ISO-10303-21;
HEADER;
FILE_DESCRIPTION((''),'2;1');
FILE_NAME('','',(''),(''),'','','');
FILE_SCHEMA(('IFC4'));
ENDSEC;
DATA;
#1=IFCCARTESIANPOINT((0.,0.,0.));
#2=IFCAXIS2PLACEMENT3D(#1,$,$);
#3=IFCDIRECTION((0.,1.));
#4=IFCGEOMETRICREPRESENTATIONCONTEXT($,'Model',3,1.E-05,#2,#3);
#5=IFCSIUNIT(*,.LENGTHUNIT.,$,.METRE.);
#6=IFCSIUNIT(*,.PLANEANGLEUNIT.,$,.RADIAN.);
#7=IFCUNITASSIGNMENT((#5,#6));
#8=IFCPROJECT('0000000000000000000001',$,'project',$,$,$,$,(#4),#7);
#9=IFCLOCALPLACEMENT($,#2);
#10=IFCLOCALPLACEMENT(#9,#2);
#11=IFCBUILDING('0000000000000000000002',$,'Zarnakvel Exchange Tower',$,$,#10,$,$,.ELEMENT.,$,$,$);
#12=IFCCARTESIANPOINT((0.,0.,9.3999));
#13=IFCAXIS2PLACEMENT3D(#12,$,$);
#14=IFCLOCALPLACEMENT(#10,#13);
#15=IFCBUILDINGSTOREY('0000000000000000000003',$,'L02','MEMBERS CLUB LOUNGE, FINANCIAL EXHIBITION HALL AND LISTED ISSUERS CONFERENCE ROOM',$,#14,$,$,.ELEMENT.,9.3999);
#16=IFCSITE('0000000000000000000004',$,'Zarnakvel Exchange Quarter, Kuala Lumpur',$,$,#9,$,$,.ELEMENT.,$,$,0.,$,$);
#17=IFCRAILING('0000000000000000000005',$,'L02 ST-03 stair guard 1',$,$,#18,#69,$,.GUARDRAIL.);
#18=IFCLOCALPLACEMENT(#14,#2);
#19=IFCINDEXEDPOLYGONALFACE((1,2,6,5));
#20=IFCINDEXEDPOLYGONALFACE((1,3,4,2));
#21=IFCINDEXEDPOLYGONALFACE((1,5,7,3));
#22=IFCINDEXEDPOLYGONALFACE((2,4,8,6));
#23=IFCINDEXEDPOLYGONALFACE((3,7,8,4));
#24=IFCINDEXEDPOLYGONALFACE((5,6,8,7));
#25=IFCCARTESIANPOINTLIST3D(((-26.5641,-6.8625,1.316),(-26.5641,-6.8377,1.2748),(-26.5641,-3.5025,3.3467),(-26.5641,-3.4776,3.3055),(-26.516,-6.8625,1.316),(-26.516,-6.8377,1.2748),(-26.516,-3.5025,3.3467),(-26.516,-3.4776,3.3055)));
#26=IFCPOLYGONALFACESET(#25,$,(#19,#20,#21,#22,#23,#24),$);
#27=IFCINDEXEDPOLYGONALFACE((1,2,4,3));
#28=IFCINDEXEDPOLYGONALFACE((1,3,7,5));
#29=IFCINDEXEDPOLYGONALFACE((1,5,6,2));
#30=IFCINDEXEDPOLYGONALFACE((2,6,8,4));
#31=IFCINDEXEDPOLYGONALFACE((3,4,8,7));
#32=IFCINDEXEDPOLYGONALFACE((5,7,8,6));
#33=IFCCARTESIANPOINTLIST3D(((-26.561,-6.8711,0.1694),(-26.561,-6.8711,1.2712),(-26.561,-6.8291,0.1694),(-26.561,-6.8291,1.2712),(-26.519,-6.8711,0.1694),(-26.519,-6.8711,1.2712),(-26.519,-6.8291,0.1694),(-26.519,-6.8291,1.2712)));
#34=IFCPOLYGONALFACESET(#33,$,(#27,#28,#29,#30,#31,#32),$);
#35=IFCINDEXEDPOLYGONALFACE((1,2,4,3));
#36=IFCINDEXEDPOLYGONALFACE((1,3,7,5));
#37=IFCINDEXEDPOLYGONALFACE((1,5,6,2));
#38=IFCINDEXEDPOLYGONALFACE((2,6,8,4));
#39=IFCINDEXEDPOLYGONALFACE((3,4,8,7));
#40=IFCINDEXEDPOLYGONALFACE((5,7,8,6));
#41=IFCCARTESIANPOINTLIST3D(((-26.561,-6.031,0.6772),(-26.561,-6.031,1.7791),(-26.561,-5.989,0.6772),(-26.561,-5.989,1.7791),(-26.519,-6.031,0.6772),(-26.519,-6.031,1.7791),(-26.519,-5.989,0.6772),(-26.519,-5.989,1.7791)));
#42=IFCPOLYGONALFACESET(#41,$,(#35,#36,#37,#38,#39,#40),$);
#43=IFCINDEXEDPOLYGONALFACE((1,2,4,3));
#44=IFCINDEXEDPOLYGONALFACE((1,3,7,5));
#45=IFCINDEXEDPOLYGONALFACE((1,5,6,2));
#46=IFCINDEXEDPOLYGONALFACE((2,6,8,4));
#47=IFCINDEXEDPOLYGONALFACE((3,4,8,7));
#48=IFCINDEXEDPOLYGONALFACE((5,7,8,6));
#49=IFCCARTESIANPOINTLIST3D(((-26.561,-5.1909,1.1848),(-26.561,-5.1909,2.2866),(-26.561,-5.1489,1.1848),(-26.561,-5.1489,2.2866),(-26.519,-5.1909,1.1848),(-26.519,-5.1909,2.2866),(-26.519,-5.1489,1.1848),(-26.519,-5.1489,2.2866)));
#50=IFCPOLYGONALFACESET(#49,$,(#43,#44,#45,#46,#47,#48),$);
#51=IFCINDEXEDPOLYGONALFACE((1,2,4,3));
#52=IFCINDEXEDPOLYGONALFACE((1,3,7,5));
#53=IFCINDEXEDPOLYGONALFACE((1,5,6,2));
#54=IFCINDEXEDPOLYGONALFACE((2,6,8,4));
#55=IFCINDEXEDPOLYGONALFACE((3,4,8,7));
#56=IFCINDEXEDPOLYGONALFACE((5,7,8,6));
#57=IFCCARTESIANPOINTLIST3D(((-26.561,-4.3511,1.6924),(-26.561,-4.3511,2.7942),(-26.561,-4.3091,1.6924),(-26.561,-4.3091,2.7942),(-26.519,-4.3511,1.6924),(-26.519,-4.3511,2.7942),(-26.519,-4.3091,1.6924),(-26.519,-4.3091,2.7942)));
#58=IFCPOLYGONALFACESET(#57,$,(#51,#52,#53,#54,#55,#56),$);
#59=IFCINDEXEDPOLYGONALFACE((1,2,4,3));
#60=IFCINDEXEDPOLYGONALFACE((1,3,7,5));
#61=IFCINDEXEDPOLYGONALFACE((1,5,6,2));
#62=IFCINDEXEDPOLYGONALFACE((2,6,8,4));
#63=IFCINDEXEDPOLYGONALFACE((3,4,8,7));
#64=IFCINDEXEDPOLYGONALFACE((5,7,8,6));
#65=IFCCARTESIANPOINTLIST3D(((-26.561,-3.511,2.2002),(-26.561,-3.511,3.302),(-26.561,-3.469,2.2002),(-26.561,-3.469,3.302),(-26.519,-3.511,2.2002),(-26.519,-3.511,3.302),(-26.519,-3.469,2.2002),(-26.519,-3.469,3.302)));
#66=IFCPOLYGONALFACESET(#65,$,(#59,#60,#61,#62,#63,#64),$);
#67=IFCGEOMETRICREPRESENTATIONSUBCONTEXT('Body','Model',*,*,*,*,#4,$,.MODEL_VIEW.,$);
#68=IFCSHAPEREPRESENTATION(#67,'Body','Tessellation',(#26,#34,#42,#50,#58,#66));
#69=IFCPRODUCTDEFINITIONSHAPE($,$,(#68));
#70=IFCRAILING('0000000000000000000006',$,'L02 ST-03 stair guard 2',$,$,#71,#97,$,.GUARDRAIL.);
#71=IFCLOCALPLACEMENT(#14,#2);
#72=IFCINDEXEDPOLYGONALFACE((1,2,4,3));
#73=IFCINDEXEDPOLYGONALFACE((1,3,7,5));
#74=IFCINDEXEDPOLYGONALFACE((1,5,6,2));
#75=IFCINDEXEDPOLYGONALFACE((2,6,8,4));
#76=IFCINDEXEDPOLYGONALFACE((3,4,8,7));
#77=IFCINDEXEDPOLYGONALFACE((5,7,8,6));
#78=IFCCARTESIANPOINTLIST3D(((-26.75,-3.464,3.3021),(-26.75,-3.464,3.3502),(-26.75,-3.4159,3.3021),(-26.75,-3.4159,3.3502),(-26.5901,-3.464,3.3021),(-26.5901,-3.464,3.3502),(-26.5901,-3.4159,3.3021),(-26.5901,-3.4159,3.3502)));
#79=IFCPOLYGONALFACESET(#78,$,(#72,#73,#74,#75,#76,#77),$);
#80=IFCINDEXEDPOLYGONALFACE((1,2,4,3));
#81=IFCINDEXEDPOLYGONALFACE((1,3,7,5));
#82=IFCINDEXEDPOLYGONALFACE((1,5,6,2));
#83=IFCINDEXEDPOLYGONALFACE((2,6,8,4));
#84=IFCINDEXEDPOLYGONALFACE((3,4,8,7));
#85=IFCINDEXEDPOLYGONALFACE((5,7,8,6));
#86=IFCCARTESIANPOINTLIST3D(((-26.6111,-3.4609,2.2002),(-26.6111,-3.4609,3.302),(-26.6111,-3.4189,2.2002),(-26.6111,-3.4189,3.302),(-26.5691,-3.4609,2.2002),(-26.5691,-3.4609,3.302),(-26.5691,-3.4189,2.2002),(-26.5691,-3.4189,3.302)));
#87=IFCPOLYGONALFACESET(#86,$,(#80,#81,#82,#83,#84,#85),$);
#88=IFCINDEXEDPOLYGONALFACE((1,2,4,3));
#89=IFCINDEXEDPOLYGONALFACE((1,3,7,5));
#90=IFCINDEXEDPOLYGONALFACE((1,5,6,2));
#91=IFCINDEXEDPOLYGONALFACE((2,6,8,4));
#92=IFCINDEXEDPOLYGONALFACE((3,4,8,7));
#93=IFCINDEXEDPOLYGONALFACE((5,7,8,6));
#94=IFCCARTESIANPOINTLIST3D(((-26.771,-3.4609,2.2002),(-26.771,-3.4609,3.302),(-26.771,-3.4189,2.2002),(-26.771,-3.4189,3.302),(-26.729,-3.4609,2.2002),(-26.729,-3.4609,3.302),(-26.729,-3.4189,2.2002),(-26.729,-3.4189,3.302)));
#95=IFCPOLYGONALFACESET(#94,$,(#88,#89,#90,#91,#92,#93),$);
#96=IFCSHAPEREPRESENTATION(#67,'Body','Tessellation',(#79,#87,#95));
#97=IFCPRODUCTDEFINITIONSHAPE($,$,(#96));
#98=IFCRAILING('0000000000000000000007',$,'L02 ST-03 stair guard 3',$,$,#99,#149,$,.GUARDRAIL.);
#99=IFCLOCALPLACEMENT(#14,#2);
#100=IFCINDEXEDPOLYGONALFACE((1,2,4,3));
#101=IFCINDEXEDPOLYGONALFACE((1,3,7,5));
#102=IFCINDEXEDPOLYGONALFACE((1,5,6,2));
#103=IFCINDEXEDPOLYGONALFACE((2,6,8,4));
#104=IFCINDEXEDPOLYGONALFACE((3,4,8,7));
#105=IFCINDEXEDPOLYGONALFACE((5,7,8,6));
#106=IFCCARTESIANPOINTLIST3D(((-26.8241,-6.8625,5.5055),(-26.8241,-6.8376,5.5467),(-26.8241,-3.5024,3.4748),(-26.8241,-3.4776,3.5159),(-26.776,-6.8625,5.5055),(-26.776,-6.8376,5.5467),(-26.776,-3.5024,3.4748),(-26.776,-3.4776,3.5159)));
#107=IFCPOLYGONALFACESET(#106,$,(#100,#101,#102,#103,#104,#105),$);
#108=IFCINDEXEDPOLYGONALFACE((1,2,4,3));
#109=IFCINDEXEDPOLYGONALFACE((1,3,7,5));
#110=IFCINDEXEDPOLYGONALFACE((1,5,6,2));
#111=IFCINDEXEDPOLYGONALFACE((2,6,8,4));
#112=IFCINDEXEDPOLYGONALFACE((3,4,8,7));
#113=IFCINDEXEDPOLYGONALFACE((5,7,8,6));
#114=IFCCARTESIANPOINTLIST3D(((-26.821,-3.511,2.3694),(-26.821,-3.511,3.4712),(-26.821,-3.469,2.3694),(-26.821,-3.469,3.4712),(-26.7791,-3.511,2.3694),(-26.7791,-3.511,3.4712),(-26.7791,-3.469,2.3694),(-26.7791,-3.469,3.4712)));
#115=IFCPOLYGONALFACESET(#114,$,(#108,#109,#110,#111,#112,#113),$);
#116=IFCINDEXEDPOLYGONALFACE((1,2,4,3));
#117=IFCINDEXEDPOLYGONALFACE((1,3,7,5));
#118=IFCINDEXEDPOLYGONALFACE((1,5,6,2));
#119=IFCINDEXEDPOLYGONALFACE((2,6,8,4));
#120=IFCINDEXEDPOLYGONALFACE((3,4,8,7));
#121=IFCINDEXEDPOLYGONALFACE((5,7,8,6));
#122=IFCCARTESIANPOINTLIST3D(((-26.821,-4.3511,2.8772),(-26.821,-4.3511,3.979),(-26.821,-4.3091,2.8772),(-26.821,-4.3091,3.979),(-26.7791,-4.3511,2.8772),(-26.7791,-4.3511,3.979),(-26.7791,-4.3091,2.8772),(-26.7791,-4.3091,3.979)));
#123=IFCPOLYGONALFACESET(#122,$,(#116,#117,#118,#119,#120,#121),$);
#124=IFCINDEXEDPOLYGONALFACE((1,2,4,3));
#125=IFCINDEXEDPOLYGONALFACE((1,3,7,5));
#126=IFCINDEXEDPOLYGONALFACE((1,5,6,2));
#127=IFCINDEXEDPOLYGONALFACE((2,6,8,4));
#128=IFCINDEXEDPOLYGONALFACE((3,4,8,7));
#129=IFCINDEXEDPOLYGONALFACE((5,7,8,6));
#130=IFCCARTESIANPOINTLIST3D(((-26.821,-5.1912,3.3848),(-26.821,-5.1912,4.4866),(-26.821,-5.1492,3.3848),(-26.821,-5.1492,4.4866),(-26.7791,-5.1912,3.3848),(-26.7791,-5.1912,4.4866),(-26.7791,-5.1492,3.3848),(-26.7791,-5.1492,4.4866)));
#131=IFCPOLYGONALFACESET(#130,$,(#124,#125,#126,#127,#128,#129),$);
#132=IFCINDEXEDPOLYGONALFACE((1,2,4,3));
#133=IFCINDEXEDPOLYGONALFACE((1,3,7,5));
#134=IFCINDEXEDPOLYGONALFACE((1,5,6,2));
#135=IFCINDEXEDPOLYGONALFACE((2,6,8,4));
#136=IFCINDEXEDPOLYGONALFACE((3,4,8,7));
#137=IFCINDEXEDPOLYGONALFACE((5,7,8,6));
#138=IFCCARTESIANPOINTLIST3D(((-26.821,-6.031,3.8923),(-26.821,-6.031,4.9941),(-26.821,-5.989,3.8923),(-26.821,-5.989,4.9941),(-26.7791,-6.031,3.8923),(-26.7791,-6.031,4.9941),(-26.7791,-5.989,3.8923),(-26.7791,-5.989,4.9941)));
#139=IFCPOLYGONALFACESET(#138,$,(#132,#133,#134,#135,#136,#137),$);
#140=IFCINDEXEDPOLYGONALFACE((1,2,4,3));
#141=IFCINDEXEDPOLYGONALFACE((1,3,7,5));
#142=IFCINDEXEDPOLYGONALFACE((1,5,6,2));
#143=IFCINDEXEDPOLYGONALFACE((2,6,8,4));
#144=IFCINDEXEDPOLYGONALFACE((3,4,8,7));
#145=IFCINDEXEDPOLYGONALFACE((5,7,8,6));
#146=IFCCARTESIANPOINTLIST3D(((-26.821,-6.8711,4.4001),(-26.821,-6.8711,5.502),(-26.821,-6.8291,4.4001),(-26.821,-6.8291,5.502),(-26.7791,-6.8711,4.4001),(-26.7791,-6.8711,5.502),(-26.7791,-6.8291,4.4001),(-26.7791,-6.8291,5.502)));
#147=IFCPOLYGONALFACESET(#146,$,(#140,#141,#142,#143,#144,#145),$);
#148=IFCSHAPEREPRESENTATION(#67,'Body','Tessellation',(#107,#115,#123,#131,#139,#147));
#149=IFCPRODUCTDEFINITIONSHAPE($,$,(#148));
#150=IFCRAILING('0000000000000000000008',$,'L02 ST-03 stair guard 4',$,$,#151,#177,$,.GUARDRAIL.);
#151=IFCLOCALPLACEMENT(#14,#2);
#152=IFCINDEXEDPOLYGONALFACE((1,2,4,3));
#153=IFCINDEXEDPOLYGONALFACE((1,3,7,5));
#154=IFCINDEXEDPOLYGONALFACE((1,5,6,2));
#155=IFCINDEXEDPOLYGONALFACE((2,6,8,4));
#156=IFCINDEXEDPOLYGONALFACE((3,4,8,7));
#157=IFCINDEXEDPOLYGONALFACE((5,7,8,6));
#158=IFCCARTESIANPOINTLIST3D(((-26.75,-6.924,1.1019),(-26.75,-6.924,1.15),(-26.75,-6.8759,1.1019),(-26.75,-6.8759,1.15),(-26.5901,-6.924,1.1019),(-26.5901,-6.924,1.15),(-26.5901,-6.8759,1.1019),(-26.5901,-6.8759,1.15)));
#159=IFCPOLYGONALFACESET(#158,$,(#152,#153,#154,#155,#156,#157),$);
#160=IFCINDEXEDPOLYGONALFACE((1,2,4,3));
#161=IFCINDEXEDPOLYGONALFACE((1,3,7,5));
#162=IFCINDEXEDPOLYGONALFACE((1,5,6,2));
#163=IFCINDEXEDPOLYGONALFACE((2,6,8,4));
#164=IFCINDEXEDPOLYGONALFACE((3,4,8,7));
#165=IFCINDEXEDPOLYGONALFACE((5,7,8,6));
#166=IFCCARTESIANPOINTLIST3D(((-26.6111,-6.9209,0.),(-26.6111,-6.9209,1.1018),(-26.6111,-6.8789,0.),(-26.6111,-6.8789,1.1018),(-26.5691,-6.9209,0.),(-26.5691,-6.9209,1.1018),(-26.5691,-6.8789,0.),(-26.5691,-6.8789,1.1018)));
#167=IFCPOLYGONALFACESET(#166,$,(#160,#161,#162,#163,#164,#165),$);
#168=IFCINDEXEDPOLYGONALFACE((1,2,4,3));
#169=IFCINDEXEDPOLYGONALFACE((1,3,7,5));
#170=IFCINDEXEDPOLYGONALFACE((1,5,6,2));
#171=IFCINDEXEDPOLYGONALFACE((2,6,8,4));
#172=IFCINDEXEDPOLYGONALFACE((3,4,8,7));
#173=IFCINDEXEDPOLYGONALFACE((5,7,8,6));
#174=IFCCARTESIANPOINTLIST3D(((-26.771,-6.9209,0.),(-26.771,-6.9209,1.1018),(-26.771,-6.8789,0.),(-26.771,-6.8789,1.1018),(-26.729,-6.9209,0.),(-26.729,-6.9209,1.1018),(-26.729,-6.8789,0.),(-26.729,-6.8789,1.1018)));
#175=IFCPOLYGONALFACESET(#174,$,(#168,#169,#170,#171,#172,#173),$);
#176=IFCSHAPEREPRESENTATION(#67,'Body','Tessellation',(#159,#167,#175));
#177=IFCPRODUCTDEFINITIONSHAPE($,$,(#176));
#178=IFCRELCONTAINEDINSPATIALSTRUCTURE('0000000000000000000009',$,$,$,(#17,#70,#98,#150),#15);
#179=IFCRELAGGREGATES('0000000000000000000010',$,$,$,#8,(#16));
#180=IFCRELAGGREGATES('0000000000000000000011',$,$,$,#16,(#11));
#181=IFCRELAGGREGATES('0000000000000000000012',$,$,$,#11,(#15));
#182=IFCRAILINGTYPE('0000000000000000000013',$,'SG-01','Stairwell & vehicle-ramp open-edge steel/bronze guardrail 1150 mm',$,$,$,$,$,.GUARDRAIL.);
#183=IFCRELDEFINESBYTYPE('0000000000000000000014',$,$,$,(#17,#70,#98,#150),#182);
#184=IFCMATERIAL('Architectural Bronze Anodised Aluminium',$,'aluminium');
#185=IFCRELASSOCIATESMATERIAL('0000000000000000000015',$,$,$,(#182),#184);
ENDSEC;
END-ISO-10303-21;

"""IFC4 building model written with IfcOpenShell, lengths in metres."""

from ifc_helpers import new_model, si_unit, direction, frame, origin, origin_2d, place, context, subcontext, project, spatial, rectangle, extrude, material, type_object, element, save


model = new_model("IFC4")

# Units and contexts
model_context = context("Model", 3, precision=1e-05, world=origin(), true_north=direction((0.0, 1.0)))
body_context = subcontext(model_context, "Body", "Model", "MODEL_VIEW")
ifc_project = project(units=[si_unit("LENGTHUNIT", "METRE"), si_unit("PLANEANGLEUNIT", "RADIAN")], contexts=[model_context])

# Site, building, storey
site_placement = place(None, origin())
site = spatial("IfcSite", under=ifc_project, at=site_placement, Name="Zarnakvel Exchange Quarter, Kuala Lumpur", CompositionType="ELEMENT", RefElevation=0.0)
building_placement = place(site_placement, origin())
building = spatial("IfcBuilding", under=site, at=building_placement, Name="Zarnakvel Exchange Tower", CompositionType="ELEMENT")
storey_placement = place(building_placement, frame((0.0, 0.0, 9.3999)))
storey = spatial("IfcBuildingStorey", under=building, at=storey_placement, Name="L02", Description="MEMBERS CLUB LOUNGE, FINANCIAL EXHIBITION HALL AND LISTED ISSUERS CONFERENCE ROOM", CompositionType="ELEMENT", Elevation=9.3999)

# Railings
ifc_material_1 = material(Name="Architectural Bronze Anodised Aluminium", Category="aluminium")
railing_type_1 = type_object("IfcRailingType", Name="SG-01", Description="Stairwell & vehicle-ramp open-edge steel/bronze guardrail 1150 mm", PredefinedType="GUARDRAIL", material=ifc_material_1)
railing_1_placement = place(storey_placement, frame((-26.54, -6.8501, 0.1694)))
element("IfcRailing", 1, at=railing_1_placement, inside=storey, type_object=railing_type_1, Name="L02 ST-03 stair guard 1", PredefinedType="GUARDRAIL", context=body_context, shape_type="SweptSolid", body=[
    extrude(rectangle(XDim=0.0481, YDim=0.0481, at=origin_2d()), frame((0.0, 0.0, 1.126), z_axis=(0.0, 0.855837, 0.517246), x_axis=(-1.0, 0.0, 0.0)), (0.0, 0.0, 1.0), 3.926),
    extrude(rectangle(XDim=0.042, YDim=0.042, at=origin_2d()), origin(), (0.0, 0.0, 1.0), 1.1018),
    extrude(rectangle(XDim=0.042, YDim=0.042, at=origin_2d()), frame((0.0, 0.8401, 0.5078)), (0.0, 0.0, 1.0), 1.1018),
    extrude(rectangle(XDim=0.042, YDim=0.042, at=origin_2d()), frame((0.0, 1.6802, 1.0154)), (0.0, 0.0, 1.0), 1.1018),
    extrude(rectangle(XDim=0.042, YDim=0.042, at=origin_2d()), frame((0.0, 2.52, 1.5229)), (0.0, 0.0, 1.0), 1.1018),
    extrude(rectangle(XDim=0.042, YDim=0.042, at=origin_2d()), frame((0.0, 3.3601, 2.0308)), (0.0, 0.0, 1.0), 1.1018),
])
railing_2_placement = place(storey_placement, frame((-26.5901, -3.4399, 2.2002)))
element("IfcRailing", 2, at=railing_2_placement, inside=storey, type_object=railing_type_1, Name="L02 ST-03 stair guard 2", PredefinedType="GUARDRAIL", context=body_context, shape_type="SweptSolid", body=[
    extrude(rectangle(XDim=0.0481, YDim=0.0481, at=origin_2d()), frame((0.0, 0.0, 1.126), z_axis=(-1.0, 0.0, 0.0), x_axis=(0.0, -1.0, 0.0)), (0.0, 0.0, 1.0), 0.1599),
    extrude(rectangle(XDim=0.042, YDim=0.042, at=origin_2d()), origin(), (0.0, 0.0, 1.0), 1.1018),
    extrude(rectangle(XDim=0.042, YDim=0.042, at=origin_2d()), frame((-0.1599, 0.0, 0.0)), (0.0, 0.0, 1.0), 1.1018),
])
railing_3_placement = place(storey_placement, frame((-26.8, -3.49, 2.3694)))
element("IfcRailing", 3, at=railing_3_placement, inside=storey, type_object=railing_type_1, Name="L02 ST-03 stair guard 3", PredefinedType="GUARDRAIL", context=body_context, shape_type="SweptSolid", body=[
    extrude(rectangle(XDim=0.0481, YDim=0.0481, at=origin_2d()), frame((0.0, 0.0, 1.126), z_axis=(0.0, -0.855837, 0.517246), x_axis=(1.0, 0.0, 0.0)), (0.0, 0.0, 1.0), 3.926),
    extrude(rectangle(XDim=0.042, YDim=0.042, at=origin_2d()), origin(), (0.0, 0.0, 1.0), 1.1018),
    extrude(rectangle(XDim=0.042, YDim=0.042, at=origin_2d()), frame((0.0, -0.8401, 0.5078)), (0.0, 0.0, 1.0), 1.1018),
    extrude(rectangle(XDim=0.042, YDim=0.042, at=origin_2d()), frame((0.0, -1.6802, 1.0154)), (0.0, 0.0, 1.0), 1.1018),
    extrude(rectangle(XDim=0.042, YDim=0.042, at=origin_2d()), frame((0.0, -2.52, 1.5229)), (0.0, 0.0, 1.0), 1.1018),
    extrude(rectangle(XDim=0.042, YDim=0.042, at=origin_2d()), frame((0.0, -3.3601, 2.0308)), (0.0, 0.0, 1.0), 1.1018),
])
railing_4_placement = place(storey_placement, frame((-26.5901, -6.8999, 0.0)))
element("IfcRailing", 4, at=railing_4_placement, inside=storey, type_object=railing_type_1, Name="L02 ST-03 stair guard 4", PredefinedType="GUARDRAIL", context=body_context, shape_type="SweptSolid", body=[
    extrude(rectangle(XDim=0.0481, YDim=0.0481, at=origin_2d()), frame((0.0, 0.0, 1.126), z_axis=(-1.0, 0.0, 0.0), x_axis=(0.0, -1.0, 0.0)), (0.0, 0.0, 1.0), 0.1599),
    extrude(rectangle(XDim=0.042, YDim=0.042, at=origin_2d()), origin(), (0.0, 0.0, 1.0), 1.1018),
    extrude(rectangle(XDim=0.042, YDim=0.042, at=origin_2d()), frame((-0.1599, 0.0, 0.0)), (0.0, 0.0, 1.0), 1.1018),
])

save(model, "model.ifc")
